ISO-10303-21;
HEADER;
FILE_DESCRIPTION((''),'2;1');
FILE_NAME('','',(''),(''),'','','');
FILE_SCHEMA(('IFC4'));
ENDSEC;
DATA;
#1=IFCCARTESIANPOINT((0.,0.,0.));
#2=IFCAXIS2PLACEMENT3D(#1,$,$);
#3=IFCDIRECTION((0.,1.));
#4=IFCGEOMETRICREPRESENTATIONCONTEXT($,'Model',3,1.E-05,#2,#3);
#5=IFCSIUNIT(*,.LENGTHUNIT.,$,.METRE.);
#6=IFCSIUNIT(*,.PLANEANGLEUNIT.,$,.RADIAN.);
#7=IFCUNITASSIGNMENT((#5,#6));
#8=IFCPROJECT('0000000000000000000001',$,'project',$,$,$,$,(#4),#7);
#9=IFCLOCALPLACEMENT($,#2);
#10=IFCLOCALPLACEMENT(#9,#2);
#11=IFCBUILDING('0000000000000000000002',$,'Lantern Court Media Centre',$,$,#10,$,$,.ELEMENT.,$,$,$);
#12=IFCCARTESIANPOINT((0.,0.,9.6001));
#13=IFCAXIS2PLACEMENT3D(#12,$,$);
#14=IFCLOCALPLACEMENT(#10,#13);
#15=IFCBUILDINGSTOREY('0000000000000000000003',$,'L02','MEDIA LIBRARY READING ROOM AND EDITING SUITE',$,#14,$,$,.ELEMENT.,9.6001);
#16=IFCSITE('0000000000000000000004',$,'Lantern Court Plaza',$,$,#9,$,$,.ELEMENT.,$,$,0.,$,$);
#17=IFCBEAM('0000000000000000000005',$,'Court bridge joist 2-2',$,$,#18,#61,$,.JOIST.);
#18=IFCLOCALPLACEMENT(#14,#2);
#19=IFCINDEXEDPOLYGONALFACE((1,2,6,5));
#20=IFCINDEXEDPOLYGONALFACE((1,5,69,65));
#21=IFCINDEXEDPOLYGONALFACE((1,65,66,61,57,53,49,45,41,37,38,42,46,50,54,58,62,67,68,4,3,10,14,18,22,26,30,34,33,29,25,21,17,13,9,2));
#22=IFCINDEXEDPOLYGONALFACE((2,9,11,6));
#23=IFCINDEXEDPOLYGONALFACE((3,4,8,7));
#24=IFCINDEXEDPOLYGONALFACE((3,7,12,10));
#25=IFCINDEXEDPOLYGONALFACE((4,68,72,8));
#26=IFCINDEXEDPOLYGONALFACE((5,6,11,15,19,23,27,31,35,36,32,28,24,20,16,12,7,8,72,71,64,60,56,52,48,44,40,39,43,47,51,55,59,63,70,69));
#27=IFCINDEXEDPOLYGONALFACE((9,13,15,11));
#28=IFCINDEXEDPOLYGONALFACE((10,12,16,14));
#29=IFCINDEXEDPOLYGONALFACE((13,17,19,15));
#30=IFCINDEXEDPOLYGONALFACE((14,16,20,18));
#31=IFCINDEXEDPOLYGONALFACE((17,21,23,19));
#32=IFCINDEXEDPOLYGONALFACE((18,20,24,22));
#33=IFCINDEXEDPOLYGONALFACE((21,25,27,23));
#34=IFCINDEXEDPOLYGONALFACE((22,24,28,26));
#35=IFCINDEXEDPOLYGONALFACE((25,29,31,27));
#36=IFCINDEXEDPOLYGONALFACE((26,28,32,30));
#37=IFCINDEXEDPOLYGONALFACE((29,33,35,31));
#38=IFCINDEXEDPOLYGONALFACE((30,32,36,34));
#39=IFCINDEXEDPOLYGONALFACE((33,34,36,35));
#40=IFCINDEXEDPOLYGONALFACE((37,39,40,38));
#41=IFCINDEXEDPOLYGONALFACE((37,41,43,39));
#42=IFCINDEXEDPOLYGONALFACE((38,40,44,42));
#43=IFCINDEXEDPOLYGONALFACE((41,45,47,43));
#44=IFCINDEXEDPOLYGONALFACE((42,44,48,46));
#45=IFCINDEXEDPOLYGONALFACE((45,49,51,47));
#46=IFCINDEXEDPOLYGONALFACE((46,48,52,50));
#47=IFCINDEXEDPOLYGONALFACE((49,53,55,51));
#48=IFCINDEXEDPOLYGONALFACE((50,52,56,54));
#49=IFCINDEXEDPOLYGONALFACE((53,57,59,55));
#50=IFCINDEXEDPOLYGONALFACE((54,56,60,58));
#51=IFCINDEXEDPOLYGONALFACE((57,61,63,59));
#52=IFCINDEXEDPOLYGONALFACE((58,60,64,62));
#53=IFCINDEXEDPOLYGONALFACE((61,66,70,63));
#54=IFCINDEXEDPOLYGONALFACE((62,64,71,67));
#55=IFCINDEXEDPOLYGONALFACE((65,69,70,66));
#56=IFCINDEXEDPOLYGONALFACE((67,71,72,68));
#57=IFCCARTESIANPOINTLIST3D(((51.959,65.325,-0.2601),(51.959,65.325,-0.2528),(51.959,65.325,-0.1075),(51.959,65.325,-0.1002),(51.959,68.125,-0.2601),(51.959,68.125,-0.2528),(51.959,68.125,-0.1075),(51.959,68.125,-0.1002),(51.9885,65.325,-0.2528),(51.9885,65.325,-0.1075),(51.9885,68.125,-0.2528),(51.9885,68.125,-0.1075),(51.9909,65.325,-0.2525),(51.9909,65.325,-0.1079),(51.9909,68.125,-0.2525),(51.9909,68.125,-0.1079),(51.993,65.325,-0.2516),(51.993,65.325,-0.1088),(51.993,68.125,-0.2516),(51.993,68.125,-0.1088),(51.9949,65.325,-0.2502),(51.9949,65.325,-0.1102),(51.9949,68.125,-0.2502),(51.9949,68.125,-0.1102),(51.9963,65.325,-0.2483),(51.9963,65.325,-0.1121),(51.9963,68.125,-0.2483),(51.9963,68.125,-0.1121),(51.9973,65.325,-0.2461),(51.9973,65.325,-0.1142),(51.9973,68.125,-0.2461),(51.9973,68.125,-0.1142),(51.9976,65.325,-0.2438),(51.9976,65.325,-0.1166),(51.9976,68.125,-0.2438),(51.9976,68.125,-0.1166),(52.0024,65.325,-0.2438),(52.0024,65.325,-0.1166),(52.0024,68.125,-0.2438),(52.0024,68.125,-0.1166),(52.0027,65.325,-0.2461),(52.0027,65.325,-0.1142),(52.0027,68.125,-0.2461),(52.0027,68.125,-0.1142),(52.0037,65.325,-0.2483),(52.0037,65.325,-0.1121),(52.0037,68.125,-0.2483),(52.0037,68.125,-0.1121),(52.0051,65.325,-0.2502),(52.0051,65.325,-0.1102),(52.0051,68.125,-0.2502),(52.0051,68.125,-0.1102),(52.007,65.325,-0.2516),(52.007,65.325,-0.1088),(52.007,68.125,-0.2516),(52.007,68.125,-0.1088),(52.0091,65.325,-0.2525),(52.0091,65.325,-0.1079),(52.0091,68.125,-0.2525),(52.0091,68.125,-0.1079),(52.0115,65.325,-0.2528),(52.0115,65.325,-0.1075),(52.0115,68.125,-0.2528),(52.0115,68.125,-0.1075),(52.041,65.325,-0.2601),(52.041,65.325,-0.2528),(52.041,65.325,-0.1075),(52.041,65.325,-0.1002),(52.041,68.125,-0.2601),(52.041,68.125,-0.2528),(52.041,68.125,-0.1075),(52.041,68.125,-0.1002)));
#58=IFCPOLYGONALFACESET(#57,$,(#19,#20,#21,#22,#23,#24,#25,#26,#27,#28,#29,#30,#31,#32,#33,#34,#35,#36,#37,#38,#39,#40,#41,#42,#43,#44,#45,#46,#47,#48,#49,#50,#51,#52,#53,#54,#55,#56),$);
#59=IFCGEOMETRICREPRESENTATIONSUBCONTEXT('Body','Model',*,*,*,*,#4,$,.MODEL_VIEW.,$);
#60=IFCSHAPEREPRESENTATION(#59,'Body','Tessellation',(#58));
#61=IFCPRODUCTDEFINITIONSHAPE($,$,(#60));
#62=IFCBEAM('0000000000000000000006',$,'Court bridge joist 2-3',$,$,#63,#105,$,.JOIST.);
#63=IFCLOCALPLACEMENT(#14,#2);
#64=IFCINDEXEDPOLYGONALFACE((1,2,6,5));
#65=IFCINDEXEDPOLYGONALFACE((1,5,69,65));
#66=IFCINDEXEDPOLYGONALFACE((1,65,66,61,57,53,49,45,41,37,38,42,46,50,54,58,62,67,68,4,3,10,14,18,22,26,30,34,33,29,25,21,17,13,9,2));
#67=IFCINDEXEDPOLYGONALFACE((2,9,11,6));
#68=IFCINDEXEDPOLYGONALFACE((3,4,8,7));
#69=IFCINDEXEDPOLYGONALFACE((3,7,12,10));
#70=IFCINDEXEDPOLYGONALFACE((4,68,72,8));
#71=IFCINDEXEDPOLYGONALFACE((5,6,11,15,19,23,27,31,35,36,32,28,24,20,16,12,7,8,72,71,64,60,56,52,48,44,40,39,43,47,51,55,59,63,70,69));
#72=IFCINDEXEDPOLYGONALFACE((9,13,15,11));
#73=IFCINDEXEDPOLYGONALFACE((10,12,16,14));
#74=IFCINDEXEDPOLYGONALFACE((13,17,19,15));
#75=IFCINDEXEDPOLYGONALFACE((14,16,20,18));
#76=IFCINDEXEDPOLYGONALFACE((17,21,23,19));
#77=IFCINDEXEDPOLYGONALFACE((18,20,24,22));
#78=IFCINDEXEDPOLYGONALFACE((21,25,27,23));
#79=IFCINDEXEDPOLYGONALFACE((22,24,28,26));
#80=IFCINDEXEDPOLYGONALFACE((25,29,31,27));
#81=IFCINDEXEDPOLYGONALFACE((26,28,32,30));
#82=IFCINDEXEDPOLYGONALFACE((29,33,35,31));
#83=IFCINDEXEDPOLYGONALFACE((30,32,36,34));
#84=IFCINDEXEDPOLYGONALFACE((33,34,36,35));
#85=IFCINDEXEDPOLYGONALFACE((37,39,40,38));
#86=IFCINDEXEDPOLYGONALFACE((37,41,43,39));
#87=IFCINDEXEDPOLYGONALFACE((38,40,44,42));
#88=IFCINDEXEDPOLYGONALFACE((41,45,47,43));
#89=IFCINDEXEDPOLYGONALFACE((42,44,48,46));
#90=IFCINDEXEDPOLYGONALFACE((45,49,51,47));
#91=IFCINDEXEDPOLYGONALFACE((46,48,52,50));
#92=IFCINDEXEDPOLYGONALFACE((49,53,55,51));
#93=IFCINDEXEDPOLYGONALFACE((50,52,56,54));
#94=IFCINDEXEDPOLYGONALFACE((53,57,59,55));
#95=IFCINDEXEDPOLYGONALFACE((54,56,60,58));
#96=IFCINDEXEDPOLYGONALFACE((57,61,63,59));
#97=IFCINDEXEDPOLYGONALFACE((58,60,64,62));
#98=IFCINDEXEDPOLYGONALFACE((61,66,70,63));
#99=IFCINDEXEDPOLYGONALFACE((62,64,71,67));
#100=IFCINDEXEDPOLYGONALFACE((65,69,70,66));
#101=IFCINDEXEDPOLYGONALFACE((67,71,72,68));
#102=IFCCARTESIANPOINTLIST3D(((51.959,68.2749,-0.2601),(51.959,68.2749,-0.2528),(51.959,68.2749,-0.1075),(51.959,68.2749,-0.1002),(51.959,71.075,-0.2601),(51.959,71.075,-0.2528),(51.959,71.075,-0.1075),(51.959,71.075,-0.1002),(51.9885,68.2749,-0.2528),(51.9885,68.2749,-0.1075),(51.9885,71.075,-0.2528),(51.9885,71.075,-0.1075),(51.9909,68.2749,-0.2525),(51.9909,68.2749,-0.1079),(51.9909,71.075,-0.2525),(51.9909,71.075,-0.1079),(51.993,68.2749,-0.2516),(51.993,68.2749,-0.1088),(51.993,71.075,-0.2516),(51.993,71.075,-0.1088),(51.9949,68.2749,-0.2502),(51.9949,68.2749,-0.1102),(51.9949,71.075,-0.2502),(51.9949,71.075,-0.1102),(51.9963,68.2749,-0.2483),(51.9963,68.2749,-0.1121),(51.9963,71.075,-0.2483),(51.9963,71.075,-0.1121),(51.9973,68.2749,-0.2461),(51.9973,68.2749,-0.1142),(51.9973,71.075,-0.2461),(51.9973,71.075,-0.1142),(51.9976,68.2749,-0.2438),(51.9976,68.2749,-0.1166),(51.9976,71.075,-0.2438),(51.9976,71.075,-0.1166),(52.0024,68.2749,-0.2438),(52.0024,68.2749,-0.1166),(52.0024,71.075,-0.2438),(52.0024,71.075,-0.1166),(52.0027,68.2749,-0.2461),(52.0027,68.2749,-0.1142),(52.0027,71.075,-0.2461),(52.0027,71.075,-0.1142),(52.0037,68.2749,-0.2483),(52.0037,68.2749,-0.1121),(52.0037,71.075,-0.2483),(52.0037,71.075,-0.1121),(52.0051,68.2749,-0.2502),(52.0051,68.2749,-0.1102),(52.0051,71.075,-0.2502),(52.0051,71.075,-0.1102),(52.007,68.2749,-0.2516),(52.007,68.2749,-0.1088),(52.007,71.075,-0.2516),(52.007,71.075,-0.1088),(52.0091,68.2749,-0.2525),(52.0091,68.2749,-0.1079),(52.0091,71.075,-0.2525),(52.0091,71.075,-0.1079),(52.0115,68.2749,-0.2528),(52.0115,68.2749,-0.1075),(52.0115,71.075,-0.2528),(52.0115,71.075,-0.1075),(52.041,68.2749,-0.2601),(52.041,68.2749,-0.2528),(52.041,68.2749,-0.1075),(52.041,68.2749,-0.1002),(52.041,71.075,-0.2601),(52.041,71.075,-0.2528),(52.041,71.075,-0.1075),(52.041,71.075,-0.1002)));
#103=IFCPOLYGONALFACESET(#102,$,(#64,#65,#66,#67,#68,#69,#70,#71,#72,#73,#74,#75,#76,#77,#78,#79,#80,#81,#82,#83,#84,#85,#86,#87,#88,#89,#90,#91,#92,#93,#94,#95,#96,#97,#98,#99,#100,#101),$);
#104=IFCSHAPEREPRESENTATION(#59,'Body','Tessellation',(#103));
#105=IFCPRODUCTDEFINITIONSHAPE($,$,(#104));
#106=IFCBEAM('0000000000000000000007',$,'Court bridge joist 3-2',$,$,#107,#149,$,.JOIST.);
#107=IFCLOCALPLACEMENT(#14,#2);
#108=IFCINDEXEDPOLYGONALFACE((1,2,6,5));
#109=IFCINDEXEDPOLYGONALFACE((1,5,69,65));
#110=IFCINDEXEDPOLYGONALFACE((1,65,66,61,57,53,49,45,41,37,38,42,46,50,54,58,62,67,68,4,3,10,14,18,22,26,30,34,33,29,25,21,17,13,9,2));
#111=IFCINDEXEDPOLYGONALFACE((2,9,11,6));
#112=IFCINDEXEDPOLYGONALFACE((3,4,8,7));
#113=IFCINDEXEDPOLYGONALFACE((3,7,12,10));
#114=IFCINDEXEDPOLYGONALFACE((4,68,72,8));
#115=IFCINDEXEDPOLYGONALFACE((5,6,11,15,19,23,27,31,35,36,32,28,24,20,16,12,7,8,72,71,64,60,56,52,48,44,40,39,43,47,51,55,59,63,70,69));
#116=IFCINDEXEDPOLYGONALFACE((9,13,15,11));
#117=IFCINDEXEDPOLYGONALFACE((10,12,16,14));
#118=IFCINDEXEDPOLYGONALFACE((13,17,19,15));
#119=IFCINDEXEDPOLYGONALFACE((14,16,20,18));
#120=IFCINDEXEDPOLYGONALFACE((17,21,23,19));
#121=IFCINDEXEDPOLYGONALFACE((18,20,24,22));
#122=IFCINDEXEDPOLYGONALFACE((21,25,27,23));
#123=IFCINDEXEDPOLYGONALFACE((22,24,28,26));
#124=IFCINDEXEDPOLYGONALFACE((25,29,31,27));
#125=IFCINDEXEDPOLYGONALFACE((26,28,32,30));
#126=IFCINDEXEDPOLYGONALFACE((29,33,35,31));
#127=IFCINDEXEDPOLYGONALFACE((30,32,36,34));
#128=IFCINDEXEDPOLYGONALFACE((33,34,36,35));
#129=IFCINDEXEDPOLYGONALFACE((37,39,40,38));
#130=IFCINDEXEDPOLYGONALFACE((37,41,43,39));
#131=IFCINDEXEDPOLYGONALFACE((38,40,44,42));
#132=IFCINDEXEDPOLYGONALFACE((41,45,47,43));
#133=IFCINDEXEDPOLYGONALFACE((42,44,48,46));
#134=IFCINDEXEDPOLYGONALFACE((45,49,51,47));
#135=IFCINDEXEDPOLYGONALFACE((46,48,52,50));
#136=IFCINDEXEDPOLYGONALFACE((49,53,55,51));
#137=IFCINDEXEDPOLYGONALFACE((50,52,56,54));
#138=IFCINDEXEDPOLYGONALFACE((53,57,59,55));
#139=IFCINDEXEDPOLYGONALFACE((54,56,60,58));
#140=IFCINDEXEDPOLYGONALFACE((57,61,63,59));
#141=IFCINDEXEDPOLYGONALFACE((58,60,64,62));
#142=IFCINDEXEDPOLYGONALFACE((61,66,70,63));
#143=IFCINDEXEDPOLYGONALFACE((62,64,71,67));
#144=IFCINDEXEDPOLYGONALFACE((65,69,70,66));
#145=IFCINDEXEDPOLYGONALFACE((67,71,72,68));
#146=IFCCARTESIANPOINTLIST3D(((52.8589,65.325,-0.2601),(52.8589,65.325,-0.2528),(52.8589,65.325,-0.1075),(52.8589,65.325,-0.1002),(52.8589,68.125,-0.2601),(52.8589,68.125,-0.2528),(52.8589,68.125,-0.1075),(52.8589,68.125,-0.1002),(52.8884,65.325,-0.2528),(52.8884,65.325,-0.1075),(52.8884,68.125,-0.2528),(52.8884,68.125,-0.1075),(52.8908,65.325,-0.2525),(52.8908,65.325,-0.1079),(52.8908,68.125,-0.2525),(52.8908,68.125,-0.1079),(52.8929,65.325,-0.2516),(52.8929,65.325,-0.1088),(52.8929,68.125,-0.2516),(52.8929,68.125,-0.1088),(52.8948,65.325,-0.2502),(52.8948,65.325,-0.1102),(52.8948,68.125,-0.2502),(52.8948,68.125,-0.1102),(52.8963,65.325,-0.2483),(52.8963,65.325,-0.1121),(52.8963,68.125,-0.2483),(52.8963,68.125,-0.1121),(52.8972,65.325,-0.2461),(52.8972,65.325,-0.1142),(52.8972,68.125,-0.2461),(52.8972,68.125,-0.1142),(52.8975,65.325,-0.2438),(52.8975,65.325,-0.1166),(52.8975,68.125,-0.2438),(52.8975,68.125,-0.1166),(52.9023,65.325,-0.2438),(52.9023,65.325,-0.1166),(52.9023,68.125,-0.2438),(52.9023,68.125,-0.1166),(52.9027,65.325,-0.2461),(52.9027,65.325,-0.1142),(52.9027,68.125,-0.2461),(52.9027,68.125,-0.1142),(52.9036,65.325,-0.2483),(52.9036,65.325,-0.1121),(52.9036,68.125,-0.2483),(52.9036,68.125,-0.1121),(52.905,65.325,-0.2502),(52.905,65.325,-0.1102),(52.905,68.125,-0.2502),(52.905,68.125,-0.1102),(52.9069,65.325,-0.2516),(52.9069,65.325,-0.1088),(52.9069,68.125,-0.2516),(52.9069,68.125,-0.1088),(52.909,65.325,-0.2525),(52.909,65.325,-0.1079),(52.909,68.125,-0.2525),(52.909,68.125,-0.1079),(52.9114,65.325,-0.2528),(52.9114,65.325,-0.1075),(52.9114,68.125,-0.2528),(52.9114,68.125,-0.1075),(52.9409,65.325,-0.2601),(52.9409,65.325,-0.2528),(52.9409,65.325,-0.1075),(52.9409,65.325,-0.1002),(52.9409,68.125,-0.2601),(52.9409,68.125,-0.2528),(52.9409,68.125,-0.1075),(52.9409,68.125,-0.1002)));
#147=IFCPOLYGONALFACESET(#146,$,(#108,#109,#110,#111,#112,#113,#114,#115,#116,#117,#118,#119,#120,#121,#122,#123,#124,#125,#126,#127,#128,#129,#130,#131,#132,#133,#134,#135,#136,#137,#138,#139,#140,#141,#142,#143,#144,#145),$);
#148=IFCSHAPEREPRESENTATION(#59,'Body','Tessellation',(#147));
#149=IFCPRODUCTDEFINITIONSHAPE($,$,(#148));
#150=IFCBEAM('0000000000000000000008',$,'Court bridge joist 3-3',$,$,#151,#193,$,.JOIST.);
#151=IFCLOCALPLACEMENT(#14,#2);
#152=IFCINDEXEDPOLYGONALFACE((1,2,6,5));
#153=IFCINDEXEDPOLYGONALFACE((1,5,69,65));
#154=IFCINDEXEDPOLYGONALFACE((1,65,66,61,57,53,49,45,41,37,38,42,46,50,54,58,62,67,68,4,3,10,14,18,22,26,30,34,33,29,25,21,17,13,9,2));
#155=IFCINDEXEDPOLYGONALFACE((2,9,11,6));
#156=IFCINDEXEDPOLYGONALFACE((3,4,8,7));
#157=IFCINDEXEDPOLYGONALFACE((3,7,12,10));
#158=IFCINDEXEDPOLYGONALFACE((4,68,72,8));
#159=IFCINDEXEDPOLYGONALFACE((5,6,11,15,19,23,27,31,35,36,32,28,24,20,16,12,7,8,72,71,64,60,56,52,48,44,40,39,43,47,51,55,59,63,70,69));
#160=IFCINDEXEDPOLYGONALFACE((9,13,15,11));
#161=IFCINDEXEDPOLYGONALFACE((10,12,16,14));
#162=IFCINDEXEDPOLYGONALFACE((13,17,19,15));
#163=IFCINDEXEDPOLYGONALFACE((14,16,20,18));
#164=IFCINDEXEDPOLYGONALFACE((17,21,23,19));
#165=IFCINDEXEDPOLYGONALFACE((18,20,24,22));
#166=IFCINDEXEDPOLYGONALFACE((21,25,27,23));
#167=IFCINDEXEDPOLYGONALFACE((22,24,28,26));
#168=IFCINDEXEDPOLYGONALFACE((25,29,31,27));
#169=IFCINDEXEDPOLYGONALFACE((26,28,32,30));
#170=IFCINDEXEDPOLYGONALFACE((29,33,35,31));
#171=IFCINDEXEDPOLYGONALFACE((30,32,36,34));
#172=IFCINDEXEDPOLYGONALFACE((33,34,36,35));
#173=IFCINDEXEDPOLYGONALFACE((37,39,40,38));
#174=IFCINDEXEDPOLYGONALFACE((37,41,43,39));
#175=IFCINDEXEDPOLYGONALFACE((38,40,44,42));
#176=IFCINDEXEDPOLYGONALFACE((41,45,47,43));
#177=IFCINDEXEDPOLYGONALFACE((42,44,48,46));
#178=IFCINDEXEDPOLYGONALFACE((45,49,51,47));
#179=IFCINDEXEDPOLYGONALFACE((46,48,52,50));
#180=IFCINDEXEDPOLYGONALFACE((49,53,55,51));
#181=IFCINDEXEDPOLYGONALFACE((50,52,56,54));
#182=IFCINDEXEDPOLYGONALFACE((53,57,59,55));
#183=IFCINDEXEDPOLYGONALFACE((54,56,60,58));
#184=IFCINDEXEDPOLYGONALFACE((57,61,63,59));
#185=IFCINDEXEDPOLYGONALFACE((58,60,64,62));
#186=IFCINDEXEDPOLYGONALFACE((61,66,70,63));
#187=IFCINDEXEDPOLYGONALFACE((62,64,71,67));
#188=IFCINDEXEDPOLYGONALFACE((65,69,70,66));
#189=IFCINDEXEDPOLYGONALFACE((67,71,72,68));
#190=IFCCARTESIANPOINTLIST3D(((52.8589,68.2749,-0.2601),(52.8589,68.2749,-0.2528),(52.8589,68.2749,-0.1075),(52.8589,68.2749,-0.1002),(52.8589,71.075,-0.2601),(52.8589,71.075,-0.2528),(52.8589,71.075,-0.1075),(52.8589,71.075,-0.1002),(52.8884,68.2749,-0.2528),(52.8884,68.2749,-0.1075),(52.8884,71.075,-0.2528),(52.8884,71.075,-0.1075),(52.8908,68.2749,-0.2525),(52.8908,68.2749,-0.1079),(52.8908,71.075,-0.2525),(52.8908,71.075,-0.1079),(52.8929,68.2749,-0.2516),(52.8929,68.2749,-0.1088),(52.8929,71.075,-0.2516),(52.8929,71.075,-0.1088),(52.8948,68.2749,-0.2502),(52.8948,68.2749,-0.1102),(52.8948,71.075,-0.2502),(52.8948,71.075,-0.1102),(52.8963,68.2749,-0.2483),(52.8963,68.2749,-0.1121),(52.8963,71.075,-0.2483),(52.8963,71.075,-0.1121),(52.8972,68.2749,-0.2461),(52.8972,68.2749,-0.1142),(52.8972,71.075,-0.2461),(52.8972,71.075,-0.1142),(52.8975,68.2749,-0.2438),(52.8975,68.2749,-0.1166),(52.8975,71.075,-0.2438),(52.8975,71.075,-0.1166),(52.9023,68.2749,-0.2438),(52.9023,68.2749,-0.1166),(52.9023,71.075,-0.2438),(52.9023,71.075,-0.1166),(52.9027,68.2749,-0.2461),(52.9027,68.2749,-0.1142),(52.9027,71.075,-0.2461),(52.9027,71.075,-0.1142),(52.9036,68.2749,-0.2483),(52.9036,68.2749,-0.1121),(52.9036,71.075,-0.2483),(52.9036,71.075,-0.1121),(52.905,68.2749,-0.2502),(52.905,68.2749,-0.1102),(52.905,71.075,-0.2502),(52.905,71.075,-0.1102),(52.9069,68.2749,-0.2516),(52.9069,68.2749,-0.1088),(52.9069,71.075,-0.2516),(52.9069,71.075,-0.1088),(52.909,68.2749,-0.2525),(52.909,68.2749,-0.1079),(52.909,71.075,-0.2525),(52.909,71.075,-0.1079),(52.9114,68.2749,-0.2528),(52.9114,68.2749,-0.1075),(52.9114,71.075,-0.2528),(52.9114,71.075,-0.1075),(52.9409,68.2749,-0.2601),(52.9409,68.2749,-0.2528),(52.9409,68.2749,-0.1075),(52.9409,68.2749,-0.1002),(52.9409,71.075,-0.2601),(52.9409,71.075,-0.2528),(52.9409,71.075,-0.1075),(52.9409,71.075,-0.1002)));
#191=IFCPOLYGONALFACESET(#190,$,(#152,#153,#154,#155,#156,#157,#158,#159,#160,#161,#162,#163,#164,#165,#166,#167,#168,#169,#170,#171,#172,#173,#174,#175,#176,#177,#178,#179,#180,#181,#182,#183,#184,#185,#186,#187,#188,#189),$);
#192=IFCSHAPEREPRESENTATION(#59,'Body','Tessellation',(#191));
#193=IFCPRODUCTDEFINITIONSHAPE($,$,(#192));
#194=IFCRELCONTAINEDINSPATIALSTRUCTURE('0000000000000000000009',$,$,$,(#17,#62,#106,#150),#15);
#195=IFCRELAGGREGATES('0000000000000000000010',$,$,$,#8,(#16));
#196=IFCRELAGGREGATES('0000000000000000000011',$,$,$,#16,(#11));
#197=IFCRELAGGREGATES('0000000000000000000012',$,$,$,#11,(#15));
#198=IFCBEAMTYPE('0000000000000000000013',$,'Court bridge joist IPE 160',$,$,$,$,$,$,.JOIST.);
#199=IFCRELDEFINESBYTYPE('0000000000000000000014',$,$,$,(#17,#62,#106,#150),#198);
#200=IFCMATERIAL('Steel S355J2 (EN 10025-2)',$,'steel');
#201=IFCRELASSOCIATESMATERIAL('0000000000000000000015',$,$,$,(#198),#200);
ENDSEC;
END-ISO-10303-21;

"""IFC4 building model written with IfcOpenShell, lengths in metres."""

from ifc_helpers import new_model, si_unit, direction, frame, origin, origin_2d, place, context, subcontext, project, spatial, i_section, extrude, material, material_profile, profile_set, type_object, element, save


model = new_model("IFC4")

# Units and contexts
model_context = context("Model", 3, precision=1e-05, world=origin(), true_north=direction((0.0, 1.0)))
body_context = subcontext(model_context, "Body", "Model", "MODEL_VIEW")
ifc_project = project(units=[si_unit("LENGTHUNIT", "METRE"), si_unit("PLANEANGLEUNIT", "RADIAN")], contexts=[model_context])

# Site, building, storey
site_placement = place(None, origin())
site = spatial("IfcSite", under=ifc_project, at=site_placement, Name="Lantern Court Plaza", CompositionType="ELEMENT", RefElevation=0.0)
building_placement = place(site_placement, origin())
building = spatial("IfcBuilding", under=site, at=building_placement, Name="Lantern Court Media Centre", CompositionType="ELEMENT")
storey_placement = place(building_placement, frame((0.0, 0.0, 9.6001)))
storey = spatial("IfcBuildingStorey", under=building, at=storey_placement, Name="L02", Description="MEDIA LIBRARY READING ROOM AND EDITING SUITE", CompositionType="ELEMENT", Elevation=9.6001)

# Shared definitions
ifc_material = material(Name="Steel S355J2 (EN 10025-2)", Category="steel")

# Beams
ifc_material_profile_1 = material_profile(ifc_material, i_section(OverallWidth=0.082, OverallDepth=0.1599, WebThickness=0.0049, FlangeThickness=0.0073, FilletRadius=0.009, at=origin_2d()), Name="IPE 160")
ifc_profile_set_1 = profile_set([ifc_material_profile_1], Name="Steel S355J2 (EN 10025-2)")
beam_type = type_object("IfcBeamType", Name="Court bridge joist IPE 160", PredefinedType="JOIST", material=ifc_profile_set_1)
for number, where, z_axis, x_axis, name in (
    (1, (52.0, 65.325, -0.1802), (0.0, 1.0, 0.0), (-1.0, 0.0, 0.0), "Court bridge joist 2-2"),
    (2, (52.0, 68.2749, -0.1802), (0.0, 1.0, 0.0), (-1.0, 0.0, 0.0), "Court bridge joist 2-3"),
    (3, (52.8999, 65.325, -0.1802), (0.0, 1.0, 0.0), (-1.0, 0.0, 0.0), "Court bridge joist 3-2"),
    (4, (52.8999, 68.2749, -0.1802), (0.0, 1.0, 0.0), (-1.0, 0.0, 0.0), "Court bridge joist 3-3"),
):
    element("IfcBeam", number, at=place(storey_placement, frame(where, z_axis=z_axis, x_axis=x_axis)), inside=storey, type_object=beam_type, Name=name, PredefinedType="JOIST", context=body_context, shape_type="SweptSolid", body=[
        extrude(i_section(OverallWidth=0.082, OverallDepth=0.1599, WebThickness=0.0049, FlangeThickness=0.0073, FilletRadius=0.009, at=origin_2d()), origin(), (0.0, 0.0, 1.0), 2.8),
    ])

save(model, "model.ifc")
